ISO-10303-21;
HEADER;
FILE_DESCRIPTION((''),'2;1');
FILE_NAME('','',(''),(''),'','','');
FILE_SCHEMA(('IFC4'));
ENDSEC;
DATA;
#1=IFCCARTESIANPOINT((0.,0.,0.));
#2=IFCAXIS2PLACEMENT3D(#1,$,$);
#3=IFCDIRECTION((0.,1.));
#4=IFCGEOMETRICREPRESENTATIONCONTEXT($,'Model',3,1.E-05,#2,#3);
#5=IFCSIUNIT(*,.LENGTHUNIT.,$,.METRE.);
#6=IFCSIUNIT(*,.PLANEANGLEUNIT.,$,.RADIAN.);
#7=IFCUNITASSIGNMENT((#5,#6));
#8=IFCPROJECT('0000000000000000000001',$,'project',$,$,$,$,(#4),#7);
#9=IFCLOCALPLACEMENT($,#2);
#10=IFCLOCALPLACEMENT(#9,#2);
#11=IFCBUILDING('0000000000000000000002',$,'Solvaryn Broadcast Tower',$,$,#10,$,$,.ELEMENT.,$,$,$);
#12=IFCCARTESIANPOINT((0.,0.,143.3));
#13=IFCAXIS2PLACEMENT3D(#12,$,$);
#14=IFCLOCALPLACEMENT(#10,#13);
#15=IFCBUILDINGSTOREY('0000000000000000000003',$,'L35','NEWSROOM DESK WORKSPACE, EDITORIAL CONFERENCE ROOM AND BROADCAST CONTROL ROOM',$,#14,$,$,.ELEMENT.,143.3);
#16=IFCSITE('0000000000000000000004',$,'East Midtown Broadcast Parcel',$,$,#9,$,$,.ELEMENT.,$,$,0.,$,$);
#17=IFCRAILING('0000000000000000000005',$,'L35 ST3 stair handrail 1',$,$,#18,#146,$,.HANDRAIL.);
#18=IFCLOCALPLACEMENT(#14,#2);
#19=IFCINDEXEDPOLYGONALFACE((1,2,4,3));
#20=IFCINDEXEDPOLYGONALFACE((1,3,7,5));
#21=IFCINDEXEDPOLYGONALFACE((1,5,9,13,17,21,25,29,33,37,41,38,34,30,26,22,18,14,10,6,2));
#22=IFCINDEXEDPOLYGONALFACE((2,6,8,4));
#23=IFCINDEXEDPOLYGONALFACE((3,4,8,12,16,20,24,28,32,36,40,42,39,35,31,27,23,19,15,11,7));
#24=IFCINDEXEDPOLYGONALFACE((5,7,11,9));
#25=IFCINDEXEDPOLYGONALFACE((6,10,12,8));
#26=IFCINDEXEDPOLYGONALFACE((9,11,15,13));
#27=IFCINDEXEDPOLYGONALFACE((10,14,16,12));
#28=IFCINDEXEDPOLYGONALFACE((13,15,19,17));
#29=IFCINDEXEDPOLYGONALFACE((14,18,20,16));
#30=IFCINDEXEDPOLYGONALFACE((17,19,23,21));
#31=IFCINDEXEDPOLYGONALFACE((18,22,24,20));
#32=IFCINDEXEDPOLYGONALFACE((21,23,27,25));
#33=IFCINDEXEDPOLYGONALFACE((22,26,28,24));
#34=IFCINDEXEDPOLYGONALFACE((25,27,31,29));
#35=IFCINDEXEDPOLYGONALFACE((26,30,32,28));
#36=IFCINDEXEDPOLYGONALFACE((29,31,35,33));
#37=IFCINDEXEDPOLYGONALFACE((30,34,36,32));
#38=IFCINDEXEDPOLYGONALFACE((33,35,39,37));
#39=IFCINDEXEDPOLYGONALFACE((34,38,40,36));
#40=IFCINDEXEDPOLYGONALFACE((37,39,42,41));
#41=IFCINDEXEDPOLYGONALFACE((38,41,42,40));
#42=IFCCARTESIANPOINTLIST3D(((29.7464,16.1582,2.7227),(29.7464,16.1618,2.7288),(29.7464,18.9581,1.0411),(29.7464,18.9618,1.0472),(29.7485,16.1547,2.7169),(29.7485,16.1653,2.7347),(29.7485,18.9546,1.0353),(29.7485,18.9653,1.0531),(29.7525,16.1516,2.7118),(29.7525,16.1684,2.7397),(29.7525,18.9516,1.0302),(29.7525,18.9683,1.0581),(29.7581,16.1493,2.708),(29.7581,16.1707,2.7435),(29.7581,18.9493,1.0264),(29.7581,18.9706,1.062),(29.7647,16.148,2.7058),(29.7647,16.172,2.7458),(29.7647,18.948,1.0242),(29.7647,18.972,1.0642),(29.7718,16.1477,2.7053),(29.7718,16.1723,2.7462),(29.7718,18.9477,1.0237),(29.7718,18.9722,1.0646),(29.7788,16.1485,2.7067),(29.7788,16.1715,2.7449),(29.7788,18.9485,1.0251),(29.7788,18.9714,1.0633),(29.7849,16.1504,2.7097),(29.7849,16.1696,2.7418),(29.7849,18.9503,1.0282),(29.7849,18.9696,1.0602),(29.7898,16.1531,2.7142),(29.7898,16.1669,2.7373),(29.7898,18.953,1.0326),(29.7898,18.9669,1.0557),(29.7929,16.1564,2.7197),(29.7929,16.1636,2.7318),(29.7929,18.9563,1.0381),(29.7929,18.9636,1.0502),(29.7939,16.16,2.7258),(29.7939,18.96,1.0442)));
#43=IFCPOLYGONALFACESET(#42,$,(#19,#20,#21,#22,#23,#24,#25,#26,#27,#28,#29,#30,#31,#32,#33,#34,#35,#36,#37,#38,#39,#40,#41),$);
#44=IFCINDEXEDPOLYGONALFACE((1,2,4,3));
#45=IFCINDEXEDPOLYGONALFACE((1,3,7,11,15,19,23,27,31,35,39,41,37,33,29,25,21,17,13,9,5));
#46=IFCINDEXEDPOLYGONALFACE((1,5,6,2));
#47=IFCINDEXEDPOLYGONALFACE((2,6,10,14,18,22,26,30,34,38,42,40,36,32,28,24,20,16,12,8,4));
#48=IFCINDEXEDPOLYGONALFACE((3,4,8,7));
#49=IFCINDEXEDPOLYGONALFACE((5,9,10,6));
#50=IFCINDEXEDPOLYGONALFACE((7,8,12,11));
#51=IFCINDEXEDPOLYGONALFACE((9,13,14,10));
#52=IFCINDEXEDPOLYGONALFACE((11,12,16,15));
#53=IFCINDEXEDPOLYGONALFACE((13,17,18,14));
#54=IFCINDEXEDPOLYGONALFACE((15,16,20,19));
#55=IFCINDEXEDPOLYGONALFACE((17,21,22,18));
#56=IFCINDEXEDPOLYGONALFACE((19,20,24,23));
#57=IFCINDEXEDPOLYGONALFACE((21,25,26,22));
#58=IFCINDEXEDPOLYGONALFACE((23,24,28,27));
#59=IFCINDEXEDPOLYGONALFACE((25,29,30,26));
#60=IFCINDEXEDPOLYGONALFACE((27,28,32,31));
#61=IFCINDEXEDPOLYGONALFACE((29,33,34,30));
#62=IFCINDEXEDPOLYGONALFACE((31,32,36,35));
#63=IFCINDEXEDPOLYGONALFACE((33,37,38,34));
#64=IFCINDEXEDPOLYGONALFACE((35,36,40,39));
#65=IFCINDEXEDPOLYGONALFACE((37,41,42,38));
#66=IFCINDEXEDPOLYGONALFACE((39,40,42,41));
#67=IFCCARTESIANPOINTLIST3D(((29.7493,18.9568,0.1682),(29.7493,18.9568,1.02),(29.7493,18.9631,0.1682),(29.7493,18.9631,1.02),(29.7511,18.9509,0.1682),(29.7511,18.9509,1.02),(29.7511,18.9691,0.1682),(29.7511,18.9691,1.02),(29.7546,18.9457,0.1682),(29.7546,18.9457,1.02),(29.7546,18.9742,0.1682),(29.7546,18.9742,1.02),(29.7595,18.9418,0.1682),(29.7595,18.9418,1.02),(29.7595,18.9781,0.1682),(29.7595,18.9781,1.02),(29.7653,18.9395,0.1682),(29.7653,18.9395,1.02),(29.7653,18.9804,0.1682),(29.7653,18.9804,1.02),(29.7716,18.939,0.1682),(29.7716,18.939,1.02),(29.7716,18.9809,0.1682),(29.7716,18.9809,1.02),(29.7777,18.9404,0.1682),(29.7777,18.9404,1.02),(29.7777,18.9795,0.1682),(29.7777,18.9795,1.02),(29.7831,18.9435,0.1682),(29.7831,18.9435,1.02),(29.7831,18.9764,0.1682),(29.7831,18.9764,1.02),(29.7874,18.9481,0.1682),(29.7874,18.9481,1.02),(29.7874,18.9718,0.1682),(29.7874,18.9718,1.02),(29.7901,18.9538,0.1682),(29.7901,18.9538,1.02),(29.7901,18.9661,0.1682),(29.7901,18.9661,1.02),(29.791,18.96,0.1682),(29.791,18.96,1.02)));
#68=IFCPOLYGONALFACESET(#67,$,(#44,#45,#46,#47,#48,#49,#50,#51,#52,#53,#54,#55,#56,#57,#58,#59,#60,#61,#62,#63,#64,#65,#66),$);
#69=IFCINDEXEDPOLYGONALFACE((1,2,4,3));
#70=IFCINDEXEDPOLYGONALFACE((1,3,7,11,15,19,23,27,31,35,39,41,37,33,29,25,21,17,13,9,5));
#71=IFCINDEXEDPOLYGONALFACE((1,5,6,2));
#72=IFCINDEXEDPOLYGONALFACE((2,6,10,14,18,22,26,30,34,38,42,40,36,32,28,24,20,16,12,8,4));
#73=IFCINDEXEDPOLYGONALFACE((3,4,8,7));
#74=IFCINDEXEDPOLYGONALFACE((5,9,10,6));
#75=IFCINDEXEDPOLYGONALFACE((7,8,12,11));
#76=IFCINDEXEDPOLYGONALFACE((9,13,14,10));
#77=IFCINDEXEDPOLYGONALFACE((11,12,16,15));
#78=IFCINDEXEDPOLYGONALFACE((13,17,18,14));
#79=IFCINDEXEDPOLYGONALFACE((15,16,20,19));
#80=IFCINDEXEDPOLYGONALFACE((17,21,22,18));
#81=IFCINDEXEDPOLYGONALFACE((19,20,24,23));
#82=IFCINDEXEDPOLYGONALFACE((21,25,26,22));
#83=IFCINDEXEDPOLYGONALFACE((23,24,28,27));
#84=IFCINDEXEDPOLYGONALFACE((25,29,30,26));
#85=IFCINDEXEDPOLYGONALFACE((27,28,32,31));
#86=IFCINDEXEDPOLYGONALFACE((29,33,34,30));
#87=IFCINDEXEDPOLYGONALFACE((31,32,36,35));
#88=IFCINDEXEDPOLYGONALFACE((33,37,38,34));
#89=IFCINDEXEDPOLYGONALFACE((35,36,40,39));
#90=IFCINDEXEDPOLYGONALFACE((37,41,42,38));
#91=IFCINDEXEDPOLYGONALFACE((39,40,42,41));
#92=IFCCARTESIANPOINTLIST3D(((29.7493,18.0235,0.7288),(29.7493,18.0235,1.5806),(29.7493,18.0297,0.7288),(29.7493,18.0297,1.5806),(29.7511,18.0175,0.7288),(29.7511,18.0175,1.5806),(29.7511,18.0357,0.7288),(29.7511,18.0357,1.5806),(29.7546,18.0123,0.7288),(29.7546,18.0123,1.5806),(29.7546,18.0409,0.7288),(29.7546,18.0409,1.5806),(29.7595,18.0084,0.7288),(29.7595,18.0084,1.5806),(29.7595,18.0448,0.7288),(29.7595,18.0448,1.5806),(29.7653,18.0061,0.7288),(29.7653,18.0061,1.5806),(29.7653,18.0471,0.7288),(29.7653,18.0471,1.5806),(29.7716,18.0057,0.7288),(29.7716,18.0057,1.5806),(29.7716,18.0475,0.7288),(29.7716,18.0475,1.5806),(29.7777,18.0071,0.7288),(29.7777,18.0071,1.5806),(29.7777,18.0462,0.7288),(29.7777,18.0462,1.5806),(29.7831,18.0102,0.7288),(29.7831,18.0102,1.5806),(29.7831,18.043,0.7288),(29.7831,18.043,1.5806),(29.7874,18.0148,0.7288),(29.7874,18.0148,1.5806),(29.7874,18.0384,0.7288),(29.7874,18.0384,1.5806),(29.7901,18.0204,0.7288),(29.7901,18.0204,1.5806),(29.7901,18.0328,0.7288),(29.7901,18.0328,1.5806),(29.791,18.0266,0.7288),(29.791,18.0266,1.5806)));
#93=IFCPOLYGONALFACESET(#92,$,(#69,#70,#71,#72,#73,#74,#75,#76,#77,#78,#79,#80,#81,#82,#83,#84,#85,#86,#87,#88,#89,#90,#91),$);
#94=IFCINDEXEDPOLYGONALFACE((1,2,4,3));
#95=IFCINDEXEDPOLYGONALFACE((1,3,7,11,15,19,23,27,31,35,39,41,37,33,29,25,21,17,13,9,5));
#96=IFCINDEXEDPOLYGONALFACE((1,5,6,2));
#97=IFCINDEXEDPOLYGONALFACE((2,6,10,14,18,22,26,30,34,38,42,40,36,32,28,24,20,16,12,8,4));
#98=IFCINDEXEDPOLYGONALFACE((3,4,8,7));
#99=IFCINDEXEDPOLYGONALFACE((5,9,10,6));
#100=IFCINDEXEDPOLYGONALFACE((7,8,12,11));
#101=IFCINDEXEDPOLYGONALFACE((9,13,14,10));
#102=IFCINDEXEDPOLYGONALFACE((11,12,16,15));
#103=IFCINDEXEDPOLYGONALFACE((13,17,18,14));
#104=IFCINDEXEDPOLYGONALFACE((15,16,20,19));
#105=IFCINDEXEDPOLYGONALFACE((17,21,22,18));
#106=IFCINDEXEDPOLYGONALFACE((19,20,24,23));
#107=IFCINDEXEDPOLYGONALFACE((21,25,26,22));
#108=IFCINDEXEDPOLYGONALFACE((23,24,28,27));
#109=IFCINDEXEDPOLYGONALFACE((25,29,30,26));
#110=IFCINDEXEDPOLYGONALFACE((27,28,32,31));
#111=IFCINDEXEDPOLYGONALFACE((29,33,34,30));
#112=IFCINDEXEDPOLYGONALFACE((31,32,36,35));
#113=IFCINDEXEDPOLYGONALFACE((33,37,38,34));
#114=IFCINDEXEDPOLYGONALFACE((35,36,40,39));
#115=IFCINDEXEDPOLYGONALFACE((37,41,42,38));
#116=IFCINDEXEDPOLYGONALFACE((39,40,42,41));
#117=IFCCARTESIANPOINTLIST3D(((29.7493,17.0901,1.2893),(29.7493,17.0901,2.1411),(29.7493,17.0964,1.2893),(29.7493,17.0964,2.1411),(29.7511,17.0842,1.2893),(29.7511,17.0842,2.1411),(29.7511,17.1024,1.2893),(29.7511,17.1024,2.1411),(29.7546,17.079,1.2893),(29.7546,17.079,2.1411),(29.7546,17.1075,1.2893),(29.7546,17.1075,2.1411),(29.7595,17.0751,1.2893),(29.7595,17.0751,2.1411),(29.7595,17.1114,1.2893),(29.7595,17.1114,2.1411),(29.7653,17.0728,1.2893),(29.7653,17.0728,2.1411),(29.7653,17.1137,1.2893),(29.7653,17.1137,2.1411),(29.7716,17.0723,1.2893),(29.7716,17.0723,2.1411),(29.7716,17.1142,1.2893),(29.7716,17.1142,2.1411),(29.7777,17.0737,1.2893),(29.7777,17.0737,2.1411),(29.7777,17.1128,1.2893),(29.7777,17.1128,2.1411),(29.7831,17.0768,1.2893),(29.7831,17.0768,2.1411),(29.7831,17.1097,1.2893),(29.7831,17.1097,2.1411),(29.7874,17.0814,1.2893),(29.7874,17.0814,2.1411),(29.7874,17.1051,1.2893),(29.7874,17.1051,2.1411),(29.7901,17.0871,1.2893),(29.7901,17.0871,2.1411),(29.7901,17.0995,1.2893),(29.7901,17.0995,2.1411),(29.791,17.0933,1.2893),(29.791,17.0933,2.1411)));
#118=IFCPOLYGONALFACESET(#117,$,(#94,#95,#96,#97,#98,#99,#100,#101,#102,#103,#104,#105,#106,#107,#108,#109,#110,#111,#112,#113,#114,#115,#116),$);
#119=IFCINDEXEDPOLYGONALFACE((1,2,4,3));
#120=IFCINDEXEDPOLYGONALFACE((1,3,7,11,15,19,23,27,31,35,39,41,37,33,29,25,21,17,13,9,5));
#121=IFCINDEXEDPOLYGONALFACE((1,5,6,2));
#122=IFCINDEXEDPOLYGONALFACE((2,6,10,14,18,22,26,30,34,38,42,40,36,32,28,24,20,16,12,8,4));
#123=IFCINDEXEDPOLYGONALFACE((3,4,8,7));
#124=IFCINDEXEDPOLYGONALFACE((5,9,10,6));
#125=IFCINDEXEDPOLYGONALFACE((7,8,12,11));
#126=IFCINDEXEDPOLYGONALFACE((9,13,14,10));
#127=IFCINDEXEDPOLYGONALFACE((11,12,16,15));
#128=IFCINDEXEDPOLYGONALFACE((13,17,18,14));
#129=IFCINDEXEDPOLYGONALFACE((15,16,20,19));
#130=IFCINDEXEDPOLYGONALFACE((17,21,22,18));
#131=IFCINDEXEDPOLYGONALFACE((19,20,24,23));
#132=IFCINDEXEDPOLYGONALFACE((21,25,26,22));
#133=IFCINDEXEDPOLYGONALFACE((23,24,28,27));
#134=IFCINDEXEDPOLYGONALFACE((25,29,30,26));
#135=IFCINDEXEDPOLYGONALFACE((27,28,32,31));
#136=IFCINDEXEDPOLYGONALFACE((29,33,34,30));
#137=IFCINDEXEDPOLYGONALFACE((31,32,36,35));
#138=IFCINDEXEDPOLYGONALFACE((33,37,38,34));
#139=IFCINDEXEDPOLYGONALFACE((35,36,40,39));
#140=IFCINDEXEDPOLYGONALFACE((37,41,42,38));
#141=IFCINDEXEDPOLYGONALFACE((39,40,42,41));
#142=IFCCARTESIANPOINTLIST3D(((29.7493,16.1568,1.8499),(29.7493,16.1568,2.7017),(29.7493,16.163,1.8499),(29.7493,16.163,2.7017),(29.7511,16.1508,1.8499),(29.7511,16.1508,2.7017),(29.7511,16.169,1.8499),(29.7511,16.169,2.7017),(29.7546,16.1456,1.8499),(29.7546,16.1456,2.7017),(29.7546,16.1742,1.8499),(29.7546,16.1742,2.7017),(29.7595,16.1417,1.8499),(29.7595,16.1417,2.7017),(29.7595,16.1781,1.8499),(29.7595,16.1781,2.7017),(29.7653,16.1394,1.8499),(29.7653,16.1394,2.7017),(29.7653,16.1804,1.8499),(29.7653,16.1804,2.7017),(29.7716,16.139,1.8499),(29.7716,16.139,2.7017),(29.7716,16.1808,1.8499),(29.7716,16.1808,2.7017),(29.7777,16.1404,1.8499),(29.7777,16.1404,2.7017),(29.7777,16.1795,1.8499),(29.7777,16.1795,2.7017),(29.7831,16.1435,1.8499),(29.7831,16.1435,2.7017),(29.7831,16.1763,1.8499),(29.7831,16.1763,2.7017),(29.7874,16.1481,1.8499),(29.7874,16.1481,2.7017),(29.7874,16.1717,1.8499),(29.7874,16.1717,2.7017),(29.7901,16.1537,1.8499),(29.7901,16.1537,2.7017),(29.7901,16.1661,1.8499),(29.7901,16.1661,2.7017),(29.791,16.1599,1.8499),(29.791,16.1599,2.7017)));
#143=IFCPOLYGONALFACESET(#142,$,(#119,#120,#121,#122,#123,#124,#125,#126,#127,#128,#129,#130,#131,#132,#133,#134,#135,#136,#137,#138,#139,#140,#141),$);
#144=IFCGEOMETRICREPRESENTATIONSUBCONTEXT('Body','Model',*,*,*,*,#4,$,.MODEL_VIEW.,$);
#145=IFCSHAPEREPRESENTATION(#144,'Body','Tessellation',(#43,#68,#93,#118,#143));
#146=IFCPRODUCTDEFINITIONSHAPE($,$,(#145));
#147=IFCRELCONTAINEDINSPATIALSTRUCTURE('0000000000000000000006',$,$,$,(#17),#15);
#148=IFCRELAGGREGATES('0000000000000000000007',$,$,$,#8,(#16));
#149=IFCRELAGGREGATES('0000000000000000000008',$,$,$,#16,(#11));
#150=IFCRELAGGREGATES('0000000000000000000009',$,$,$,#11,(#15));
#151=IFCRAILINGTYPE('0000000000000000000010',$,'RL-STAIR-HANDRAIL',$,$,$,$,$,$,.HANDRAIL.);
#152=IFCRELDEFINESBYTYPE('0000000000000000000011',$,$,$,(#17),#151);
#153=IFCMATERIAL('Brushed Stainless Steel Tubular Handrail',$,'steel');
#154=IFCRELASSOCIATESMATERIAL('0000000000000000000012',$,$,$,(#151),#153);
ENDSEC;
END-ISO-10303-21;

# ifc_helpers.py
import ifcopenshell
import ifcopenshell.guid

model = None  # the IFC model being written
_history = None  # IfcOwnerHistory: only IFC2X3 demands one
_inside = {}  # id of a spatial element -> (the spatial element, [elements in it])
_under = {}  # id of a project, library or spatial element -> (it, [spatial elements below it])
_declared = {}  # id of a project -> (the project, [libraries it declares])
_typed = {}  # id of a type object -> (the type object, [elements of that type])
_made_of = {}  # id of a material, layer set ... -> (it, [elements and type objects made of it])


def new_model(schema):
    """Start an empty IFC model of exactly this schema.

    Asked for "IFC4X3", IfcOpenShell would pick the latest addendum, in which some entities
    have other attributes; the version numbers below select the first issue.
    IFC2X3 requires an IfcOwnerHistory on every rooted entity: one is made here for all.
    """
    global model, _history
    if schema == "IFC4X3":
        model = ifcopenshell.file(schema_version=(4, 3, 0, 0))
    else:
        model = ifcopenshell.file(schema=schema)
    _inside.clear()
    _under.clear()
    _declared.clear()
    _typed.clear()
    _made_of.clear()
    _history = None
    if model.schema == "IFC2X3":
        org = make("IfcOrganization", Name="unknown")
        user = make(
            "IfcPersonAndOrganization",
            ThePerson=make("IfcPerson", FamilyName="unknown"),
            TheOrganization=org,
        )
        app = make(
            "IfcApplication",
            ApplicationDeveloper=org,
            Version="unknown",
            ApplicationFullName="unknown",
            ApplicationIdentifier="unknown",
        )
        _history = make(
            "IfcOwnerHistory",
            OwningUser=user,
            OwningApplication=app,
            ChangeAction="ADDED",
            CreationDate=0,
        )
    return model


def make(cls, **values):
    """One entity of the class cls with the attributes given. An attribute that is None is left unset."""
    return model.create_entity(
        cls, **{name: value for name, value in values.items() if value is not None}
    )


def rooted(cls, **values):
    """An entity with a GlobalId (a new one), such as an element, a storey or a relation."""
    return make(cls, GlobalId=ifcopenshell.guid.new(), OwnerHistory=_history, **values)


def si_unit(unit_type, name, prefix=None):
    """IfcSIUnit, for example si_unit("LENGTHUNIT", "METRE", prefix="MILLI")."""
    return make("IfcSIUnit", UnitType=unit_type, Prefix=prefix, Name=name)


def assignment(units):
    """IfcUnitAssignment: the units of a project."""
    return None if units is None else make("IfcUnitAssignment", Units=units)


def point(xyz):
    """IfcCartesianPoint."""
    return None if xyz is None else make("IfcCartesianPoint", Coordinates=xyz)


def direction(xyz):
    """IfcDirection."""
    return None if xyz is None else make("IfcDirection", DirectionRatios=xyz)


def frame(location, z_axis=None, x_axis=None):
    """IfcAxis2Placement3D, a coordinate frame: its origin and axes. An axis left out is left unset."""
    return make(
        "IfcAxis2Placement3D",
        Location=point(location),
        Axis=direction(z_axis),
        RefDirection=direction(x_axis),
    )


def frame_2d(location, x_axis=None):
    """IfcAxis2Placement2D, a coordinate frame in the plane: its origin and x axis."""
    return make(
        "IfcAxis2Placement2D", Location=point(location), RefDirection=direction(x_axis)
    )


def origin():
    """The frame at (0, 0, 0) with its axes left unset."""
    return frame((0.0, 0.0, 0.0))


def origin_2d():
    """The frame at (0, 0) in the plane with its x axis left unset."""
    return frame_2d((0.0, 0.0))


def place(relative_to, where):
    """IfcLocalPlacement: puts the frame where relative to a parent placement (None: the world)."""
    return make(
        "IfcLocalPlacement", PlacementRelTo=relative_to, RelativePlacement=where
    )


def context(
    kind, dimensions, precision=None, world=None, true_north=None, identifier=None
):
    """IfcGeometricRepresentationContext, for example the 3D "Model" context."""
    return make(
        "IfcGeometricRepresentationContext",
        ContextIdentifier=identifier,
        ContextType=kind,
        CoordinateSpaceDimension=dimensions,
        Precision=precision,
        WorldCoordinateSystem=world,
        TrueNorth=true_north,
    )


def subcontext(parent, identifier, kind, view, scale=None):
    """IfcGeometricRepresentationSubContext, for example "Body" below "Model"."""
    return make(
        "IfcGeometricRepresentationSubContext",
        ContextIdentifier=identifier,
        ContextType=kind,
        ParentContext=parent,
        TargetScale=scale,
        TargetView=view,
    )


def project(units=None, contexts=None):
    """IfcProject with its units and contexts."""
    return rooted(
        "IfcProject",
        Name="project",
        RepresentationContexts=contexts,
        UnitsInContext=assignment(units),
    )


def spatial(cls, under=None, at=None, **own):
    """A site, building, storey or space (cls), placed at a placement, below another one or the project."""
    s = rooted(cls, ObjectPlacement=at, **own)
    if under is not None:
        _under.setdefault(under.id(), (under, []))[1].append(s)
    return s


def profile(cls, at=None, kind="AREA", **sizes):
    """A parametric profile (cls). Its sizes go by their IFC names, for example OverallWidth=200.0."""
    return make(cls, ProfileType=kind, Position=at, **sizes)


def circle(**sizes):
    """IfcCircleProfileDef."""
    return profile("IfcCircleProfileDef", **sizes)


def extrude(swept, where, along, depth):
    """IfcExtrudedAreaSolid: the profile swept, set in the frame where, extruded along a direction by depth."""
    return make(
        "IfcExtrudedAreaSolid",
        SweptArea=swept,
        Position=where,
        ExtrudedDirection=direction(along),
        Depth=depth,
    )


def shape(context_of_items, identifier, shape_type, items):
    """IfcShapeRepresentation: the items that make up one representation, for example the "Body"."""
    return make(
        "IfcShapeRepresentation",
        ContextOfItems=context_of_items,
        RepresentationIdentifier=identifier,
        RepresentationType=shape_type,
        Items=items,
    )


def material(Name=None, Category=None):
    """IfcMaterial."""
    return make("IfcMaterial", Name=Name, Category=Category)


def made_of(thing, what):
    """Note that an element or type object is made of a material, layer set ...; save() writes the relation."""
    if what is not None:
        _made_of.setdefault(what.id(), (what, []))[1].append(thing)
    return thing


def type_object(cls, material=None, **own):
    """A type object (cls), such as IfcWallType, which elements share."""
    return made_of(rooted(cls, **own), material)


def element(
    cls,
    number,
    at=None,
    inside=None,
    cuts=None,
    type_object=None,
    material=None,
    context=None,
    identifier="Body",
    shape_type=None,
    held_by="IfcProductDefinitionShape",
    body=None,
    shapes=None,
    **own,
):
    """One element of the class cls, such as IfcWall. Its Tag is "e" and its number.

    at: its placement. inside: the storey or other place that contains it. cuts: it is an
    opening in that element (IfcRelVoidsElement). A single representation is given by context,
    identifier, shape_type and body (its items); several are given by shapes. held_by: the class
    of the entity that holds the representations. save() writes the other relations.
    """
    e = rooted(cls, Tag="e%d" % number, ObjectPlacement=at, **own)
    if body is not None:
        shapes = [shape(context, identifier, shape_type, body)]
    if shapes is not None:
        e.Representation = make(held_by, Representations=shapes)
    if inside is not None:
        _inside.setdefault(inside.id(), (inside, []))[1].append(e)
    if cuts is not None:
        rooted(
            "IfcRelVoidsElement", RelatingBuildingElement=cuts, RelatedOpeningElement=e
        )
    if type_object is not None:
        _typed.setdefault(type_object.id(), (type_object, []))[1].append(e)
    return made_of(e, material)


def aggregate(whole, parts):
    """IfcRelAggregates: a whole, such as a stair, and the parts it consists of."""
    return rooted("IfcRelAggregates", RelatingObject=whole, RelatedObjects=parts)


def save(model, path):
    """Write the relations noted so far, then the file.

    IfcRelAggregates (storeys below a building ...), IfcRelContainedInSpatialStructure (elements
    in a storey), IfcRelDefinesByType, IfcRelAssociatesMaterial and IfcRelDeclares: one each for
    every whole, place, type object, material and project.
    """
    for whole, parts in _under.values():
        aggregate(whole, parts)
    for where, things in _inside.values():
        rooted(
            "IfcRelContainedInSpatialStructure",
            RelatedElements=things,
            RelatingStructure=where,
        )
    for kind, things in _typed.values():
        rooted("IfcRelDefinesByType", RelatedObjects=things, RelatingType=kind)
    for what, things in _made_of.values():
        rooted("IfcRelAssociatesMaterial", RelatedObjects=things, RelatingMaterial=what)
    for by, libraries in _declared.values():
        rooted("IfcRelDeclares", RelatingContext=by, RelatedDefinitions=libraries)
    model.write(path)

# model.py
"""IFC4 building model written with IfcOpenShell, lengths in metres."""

from ifc_helpers import new_model, si_unit, direction, frame, origin, origin_2d, place, context, subcontext, project, spatial, circle, extrude, material, type_object, element, save


model = new_model("IFC4")

# Units and contexts
model_context = context("Model", 3, precision=1e-05, world=origin(), true_north=direction((0.0, 1.0)))
body_context = subcontext(model_context, "Body", "Model", "MODEL_VIEW")
ifc_project = project(units=[si_unit("LENGTHUNIT", "METRE"), si_unit("PLANEANGLEUNIT", "RADIAN")], contexts=[model_context])

# Site, building, storey
site_placement = place(None, origin())
site = spatial("IfcSite", under=ifc_project, at=site_placement, Name="East Midtown Broadcast Parcel", CompositionType="ELEMENT", RefElevation=0.0)
building_placement = place(site_placement, origin())
building = spatial("IfcBuilding", under=site, at=building_placement, Name="Solvaryn Broadcast Tower", CompositionType="ELEMENT")
storey_placement = place(building_placement, frame((0.0, 0.0, 143.3)))
storey = spatial("IfcBuildingStorey", under=building, at=storey_placement, Name="L35", Description="NEWSROOM DESK WORKSPACE, EDITORIAL CONFERENCE ROOM AND BROADCAST CONTROL ROOM", CompositionType="ELEMENT", Elevation=143.3)

# Railing
ifc_material_1 = material(Name="Brushed Stainless Steel Tubular Handrail", Category="steel")
railing_type_1 = type_object("IfcRailingType", Name="RL-STAIR-HANDRAIL", PredefinedType="HANDRAIL", material=ifc_material_1)
railing_1_placement = place(storey_placement, frame((29.77, 18.96, 0.1682)))
element("IfcRailing", 1, at=railing_1_placement, inside=storey, type_object=railing_type_1, Name="L35 ST3 stair handrail 1", PredefinedType="HANDRAIL", context=body_context, shape_type="SweptSolid", body=[
    extrude(circle(Radius=0.0239, at=origin_2d()), frame((0.0, 0.0, 0.876), z_axis=(0.0, -0.857275, 0.514858), x_axis=(1.0, 0.0, 0.0)), (0.0, 0.0, 1.0), 3.2661),
    extrude(circle(Radius=0.021, at=origin_2d()), origin(), (0.0, 0.0, 1.0), 0.8518),
    extrude(circle(Radius=0.021, at=origin_2d()), frame((0.0, -0.9333, 0.5605)), (0.0, 0.0, 1.0), 0.8518),
    extrude(circle(Radius=0.021, at=origin_2d()), frame((0.0, -1.8667, 1.1211)), (0.0, 0.0, 1.0), 0.8518),
    extrude(circle(Radius=0.021, at=origin_2d()), frame((0.0, -2.8, 1.6816)), (0.0, 0.0, 1.0), 0.8518),
])

save(model, "model.ifc")
